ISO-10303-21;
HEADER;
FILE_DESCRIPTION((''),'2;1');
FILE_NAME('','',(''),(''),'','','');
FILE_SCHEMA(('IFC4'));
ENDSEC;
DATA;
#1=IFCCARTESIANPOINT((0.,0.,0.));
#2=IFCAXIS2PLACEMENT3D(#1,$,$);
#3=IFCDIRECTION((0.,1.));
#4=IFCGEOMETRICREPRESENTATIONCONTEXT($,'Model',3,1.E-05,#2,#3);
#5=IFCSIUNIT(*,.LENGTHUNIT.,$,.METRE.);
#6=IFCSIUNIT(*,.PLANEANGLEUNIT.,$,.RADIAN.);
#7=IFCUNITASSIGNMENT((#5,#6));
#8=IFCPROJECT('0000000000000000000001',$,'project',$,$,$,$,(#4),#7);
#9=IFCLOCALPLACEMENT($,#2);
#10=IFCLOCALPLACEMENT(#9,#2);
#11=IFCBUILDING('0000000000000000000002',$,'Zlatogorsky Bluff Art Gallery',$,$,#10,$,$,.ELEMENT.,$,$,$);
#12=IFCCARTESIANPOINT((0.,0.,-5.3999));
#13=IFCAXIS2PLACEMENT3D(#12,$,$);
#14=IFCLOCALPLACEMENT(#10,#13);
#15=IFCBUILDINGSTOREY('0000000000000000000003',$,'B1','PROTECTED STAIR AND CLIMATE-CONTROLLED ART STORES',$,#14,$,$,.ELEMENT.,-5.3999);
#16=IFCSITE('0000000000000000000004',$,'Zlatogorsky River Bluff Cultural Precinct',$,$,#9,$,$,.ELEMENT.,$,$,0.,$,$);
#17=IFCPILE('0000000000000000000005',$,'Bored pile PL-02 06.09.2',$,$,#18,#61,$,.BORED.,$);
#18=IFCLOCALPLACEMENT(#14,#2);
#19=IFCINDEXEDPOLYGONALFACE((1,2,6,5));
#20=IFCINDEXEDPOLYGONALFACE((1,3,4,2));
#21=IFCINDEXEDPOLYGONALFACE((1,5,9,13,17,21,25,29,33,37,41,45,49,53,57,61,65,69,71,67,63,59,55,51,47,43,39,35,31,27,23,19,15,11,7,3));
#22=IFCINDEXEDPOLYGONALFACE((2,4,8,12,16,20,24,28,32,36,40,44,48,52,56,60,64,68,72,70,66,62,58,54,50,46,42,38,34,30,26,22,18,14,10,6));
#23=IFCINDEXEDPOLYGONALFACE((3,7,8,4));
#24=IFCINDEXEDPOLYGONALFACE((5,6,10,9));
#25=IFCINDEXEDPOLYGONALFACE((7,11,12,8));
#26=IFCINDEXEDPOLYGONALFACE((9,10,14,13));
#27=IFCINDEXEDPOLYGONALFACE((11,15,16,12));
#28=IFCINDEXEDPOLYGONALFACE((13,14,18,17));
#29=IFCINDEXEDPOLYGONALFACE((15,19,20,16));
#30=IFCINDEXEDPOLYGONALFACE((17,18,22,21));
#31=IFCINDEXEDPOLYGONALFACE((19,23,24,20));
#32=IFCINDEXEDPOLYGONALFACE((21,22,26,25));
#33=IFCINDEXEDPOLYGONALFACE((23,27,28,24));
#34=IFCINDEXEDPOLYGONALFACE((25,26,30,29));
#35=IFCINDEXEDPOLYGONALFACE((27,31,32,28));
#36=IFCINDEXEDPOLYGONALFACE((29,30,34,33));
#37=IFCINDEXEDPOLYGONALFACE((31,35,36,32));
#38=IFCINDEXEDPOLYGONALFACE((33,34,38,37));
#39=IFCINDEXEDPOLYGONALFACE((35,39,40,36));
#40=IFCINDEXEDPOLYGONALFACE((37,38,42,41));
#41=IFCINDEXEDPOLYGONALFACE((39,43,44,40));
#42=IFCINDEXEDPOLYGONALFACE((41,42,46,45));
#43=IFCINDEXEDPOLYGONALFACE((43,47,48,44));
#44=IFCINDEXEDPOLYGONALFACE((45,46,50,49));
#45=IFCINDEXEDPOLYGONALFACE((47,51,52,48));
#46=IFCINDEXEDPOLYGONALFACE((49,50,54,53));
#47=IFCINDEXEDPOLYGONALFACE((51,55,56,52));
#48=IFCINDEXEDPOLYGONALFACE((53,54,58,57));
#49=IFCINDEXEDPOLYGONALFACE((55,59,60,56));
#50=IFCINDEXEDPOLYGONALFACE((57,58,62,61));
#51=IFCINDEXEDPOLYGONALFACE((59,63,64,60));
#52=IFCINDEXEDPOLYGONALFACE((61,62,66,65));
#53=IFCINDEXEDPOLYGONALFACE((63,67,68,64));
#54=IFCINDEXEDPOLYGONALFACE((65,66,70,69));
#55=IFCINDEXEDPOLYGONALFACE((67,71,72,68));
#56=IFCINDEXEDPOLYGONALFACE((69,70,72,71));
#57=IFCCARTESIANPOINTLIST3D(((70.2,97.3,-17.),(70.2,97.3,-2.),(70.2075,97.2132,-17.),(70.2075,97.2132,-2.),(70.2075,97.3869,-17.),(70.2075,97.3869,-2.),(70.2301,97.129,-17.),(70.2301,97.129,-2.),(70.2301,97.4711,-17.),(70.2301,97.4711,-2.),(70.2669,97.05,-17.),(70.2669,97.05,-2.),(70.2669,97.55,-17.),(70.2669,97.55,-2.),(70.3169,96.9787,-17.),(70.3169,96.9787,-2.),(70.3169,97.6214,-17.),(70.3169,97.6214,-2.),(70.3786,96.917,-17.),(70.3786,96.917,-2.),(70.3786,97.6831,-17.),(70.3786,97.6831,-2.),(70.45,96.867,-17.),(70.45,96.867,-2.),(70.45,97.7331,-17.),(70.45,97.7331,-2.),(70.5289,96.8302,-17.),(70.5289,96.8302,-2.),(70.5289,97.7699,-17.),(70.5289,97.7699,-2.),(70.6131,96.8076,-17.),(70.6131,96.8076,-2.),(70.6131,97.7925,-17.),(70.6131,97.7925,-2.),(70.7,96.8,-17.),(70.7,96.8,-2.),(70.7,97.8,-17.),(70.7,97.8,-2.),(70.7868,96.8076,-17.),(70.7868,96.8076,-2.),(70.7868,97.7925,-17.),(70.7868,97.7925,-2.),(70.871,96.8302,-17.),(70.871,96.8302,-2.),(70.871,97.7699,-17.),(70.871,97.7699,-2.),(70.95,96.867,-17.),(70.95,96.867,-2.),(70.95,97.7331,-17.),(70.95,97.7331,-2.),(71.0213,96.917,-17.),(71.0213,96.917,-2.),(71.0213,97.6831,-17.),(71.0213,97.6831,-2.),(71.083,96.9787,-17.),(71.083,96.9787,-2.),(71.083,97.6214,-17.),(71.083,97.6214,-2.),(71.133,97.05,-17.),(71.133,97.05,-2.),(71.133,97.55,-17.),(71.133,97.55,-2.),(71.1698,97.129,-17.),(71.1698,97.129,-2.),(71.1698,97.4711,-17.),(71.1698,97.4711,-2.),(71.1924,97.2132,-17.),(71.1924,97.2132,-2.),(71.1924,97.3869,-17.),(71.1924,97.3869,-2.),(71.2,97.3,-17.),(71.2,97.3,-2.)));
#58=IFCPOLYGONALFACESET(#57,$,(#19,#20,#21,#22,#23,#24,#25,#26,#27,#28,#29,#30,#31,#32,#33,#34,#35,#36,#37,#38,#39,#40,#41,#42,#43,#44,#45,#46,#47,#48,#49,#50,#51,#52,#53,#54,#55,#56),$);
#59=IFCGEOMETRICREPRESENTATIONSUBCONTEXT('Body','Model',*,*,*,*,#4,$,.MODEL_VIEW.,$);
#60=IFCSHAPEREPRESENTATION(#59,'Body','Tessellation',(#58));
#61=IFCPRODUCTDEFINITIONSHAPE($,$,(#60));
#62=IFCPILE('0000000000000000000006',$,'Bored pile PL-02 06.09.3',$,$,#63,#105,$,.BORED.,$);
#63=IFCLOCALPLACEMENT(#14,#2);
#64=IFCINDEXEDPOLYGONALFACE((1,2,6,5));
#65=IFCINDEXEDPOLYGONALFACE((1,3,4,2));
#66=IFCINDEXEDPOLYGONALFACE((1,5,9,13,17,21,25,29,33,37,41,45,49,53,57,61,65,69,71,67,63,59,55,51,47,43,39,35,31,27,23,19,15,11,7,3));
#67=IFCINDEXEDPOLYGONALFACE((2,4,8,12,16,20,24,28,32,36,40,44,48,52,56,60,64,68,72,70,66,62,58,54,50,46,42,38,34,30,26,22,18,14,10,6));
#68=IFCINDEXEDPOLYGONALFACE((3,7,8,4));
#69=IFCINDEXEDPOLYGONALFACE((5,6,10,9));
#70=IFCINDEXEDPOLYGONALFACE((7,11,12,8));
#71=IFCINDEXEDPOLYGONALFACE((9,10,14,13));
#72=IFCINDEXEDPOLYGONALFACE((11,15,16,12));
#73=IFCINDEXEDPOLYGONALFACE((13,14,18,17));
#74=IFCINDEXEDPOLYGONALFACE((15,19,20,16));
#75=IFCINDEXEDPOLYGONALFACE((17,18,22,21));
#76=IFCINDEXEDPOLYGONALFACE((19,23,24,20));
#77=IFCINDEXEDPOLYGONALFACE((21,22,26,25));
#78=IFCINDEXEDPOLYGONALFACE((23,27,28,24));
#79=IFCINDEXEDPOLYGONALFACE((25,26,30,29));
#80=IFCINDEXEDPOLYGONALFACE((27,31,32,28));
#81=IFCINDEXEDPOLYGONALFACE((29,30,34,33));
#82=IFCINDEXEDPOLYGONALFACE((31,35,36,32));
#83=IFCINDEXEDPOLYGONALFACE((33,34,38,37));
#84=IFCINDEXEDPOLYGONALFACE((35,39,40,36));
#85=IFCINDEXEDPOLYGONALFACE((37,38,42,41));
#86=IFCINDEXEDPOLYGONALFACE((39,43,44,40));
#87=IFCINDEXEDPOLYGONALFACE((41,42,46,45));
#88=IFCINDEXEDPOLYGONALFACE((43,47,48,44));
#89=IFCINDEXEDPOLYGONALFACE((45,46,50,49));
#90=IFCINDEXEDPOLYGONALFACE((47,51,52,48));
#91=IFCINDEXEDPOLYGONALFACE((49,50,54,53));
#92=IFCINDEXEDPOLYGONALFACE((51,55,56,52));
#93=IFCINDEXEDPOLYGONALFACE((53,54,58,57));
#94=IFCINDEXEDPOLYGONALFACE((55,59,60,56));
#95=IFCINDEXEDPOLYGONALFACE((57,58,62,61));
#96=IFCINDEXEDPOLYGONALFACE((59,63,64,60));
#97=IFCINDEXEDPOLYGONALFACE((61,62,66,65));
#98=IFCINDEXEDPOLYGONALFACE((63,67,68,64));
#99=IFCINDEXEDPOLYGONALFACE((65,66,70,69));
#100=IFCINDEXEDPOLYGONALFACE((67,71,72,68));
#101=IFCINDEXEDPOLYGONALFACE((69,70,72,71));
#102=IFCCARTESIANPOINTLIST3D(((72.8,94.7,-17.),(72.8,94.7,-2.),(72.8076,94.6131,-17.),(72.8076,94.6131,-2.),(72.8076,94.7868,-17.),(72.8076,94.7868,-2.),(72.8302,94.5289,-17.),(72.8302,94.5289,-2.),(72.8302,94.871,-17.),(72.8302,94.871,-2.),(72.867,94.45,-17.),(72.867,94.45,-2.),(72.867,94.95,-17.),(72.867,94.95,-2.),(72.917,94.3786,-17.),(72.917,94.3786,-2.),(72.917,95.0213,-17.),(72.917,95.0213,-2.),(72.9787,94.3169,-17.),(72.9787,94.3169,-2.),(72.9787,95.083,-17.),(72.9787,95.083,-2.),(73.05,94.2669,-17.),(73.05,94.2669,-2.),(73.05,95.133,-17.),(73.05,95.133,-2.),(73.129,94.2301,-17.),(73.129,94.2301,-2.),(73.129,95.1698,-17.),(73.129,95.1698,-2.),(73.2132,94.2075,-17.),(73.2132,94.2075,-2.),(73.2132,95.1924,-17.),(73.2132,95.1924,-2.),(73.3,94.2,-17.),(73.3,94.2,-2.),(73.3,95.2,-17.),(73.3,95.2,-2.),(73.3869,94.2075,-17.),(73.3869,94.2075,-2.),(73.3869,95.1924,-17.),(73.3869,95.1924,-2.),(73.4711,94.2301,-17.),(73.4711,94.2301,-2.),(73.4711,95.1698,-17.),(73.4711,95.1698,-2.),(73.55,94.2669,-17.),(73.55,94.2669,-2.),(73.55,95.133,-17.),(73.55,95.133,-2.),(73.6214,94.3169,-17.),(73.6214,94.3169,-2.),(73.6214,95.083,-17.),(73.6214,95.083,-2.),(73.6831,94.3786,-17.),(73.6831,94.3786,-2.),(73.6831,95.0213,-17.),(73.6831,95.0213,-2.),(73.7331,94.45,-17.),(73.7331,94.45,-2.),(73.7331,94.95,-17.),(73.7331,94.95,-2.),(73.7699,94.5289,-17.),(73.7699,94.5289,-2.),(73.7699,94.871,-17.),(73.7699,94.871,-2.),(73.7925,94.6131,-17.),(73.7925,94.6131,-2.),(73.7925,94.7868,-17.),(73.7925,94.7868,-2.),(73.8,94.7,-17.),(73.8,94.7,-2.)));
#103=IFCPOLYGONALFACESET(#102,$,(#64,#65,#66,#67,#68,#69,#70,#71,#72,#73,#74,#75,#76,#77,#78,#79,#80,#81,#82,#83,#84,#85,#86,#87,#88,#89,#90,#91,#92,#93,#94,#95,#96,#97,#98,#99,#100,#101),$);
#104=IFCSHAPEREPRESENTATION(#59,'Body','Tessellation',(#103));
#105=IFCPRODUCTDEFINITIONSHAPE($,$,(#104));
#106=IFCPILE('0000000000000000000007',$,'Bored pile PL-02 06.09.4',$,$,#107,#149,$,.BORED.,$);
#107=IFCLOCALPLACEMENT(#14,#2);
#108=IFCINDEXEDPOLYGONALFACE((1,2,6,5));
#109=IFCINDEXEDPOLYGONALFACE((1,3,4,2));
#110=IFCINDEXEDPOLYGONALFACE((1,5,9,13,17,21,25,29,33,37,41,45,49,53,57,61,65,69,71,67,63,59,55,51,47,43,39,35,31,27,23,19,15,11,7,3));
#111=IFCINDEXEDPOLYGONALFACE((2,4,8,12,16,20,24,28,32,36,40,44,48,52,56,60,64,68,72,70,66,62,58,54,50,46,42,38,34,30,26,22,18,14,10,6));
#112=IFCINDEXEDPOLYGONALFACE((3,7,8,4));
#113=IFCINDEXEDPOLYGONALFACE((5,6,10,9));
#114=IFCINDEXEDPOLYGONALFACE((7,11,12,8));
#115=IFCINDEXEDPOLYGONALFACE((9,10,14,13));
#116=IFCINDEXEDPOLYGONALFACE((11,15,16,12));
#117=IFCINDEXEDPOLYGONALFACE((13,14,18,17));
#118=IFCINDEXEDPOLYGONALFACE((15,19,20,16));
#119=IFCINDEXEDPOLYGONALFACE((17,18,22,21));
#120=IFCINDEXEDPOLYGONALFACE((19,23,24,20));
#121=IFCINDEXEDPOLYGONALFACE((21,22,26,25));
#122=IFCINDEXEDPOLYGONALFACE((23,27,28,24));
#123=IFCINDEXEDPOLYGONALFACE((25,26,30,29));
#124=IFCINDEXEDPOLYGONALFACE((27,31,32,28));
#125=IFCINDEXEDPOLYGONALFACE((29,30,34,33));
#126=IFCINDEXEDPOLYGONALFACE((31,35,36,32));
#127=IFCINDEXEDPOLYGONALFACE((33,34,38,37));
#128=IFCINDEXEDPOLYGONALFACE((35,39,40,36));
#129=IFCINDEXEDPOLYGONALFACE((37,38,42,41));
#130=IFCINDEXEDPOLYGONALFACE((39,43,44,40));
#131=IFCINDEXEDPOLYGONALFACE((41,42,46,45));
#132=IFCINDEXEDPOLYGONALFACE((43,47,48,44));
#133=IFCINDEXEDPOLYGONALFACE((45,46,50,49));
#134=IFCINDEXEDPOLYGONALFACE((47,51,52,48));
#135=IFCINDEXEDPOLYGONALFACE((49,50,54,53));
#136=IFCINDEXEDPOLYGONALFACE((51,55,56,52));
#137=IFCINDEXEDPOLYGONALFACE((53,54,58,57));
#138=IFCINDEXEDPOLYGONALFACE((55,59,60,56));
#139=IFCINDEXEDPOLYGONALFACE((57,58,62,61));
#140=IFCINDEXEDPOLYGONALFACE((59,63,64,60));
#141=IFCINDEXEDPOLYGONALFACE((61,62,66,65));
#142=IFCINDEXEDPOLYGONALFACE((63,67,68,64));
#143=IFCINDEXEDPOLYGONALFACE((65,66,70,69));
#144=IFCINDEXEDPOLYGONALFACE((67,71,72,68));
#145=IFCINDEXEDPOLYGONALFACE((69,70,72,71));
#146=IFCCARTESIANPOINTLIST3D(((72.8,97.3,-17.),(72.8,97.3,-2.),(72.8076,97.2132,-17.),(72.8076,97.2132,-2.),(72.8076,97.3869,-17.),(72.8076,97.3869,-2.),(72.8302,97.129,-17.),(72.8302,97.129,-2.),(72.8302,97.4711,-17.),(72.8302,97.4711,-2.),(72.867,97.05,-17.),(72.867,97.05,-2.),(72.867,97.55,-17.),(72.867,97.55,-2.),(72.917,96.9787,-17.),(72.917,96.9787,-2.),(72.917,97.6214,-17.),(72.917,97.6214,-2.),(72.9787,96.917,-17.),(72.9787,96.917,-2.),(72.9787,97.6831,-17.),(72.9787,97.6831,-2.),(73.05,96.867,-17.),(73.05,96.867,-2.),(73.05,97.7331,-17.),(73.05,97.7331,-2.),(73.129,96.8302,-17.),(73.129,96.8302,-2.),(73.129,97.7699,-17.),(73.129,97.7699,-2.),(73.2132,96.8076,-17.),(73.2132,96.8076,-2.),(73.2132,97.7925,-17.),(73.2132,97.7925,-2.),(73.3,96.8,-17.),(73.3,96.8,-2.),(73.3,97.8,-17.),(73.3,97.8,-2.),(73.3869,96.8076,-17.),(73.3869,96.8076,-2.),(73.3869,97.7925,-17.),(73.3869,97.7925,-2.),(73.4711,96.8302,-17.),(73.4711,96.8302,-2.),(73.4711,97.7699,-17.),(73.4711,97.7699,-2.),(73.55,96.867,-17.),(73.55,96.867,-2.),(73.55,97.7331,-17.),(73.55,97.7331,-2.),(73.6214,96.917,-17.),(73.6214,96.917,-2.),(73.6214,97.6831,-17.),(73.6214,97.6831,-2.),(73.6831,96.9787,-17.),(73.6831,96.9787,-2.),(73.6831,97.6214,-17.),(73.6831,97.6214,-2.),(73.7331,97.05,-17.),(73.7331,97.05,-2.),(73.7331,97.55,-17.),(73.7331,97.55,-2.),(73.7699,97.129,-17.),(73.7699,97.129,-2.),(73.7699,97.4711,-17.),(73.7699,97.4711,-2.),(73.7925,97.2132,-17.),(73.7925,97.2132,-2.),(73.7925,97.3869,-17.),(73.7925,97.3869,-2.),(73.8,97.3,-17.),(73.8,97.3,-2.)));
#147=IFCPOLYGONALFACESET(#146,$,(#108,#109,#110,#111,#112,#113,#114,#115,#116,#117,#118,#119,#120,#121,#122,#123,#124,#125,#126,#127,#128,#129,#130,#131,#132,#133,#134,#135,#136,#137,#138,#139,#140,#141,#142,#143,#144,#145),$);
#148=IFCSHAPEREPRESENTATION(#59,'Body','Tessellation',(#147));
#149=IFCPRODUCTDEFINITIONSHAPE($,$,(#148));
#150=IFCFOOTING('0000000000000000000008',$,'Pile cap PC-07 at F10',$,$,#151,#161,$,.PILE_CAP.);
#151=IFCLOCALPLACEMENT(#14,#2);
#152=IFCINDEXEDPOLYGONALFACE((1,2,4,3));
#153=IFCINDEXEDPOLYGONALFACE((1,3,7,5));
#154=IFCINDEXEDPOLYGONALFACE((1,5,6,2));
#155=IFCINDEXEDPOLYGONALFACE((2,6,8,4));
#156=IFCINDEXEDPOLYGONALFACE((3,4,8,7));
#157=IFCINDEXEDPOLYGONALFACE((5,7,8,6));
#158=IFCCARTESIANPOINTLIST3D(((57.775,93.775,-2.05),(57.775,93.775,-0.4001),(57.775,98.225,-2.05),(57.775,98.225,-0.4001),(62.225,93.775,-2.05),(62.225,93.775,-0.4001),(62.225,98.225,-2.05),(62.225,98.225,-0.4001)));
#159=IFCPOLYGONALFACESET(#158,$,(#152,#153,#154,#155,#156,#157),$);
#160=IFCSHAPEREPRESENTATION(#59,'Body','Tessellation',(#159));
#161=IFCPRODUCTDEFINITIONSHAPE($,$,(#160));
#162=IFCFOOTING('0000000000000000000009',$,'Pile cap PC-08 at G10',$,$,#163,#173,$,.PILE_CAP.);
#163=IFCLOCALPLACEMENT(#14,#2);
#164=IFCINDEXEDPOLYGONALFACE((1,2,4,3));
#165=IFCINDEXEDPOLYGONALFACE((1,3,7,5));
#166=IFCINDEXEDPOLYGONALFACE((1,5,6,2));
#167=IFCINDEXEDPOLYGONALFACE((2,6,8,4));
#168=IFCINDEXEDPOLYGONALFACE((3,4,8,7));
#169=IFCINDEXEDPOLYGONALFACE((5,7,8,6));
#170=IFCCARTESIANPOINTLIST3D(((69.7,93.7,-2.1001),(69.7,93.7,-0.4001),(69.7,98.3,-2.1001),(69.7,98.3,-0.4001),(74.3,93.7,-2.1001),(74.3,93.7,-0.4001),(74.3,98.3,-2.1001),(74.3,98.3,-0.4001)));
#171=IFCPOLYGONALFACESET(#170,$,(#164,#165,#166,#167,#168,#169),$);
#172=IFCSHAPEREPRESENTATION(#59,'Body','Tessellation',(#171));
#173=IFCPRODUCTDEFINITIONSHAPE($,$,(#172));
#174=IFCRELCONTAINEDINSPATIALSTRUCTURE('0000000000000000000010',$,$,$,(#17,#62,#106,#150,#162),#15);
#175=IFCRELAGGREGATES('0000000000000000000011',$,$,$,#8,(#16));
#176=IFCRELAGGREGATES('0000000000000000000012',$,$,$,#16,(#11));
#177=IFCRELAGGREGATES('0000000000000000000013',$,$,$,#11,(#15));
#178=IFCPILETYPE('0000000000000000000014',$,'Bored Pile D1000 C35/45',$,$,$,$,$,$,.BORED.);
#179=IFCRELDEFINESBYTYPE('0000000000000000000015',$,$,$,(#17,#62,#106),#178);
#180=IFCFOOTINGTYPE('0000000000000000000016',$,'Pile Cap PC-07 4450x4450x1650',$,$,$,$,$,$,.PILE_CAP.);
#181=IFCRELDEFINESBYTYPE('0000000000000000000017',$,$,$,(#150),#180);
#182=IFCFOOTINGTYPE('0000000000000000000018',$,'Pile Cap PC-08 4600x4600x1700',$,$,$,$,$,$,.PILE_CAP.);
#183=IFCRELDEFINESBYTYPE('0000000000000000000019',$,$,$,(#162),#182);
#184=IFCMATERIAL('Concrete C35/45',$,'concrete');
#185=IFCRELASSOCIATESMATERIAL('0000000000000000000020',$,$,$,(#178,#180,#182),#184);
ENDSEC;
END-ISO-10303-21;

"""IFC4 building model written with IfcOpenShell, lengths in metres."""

from ifc_helpers import new_model, si_unit, direction, frame, origin, origin_2d, place, context, subcontext, project, spatial, rectangle, circle, extrude, material, material_profile, profile_set, type_object, element, save


model = new_model("IFC4")

# Units and contexts
model_context = context("Model", 3, precision=1e-05, world=origin(), true_north=direction((0.0, 1.0)))
body_context = subcontext(model_context, "Body", "Model", "MODEL_VIEW")
ifc_project = project(units=[si_unit("LENGTHUNIT", "METRE"), si_unit("PLANEANGLEUNIT", "RADIAN")], contexts=[model_context])

# Site, building, storey
site_placement = place(None, origin())
site = spatial("IfcSite", under=ifc_project, at=site_placement, Name="Zlatogorsky River Bluff Cultural Precinct", CompositionType="ELEMENT", RefElevation=0.0)
building_placement = place(site_placement, origin())
building = spatial("IfcBuilding", under=site, at=building_placement, Name="Zlatogorsky Bluff Art Gallery", CompositionType="ELEMENT")
storey_placement = place(building_placement, frame((0.0, 0.0, -5.3999)))
storey = spatial("IfcBuildingStorey", under=building, at=storey_placement, Name="B1", Description="PROTECTED STAIR AND CLIMATE-CONTROLLED ART STORES", CompositionType="ELEMENT", Elevation=-5.3999)

# Piles
ifc_material_1 = material(Name="Concrete C35/45", Category="concrete")
ifc_material_profile_1 = material_profile(ifc_material_1, circle(Radius=0.5, at=origin_2d()), Name="BORED PILE D1000")
ifc_profile_set_1 = profile_set([ifc_material_profile_1], Name="Concrete C35/45")
pile_type = type_object("IfcPileType", Name="Bored Pile D1000 C35/45", PredefinedType="BORED", material=ifc_profile_set_1)
for number, where, z_axis, x_axis, name in (
    (1, (70.7, 97.3, -2.0), (0.0, 0.0, -1.0), (1.0, 0.0, 0.0), "Bored pile PL-02 06.09.2"),
    (2, (73.3, 94.7, -2.0), (0.0, 0.0, -1.0), (1.0, 0.0, 0.0), "Bored pile PL-02 06.09.3"),
    (3, (73.3, 97.3, -2.0), (0.0, 0.0, -1.0), (1.0, 0.0, 0.0), "Bored pile PL-02 06.09.4"),
):
    element("IfcPile", number, at=place(storey_placement, frame(where, z_axis=z_axis, x_axis=x_axis)), inside=storey, type_object=pile_type, Name=name, PredefinedType="BORED", context=body_context, shape_type="SweptSolid", body=[
        extrude(circle(Radius=0.5, at=origin_2d()), origin(), (0.0, 0.0, 1.0), 15.0),
    ])

# Footings
footing_type_1 = type_object("IfcFootingType", Name="Pile Cap PC-07 4450x4450x1650", PredefinedType="PILE_CAP", material=ifc_material_1)
footing_1_placement = place(storey_placement, frame((60.0, 96.0, -2.05), z_axis=(0.0, 0.0, 1.0), x_axis=(1.0, 0.0, 0.0)))
element("IfcFooting", 4, at=footing_1_placement, inside=storey, type_object=footing_type_1, Name="Pile cap PC-07 at F10", PredefinedType="PILE_CAP", context=body_context, shape_type="SweptSolid", body=[
    extrude(rectangle(XDim=4.45, YDim=4.45, at=origin_2d()), origin(), (0.0, 0.0, 1.0), 1.6499),
])
footing_type_2 = type_object("IfcFootingType", Name="Pile Cap PC-08 4600x4600x1700", PredefinedType="PILE_CAP", material=ifc_material_1)
footing_2_placement = place(storey_placement, frame((72.0, 96.0, -2.1001), z_axis=(0.0, 0.0, 1.0), x_axis=(1.0, 0.0, 0.0)))
element("IfcFooting", 5, at=footing_2_placement, inside=storey, type_object=footing_type_2, Name="Pile cap PC-08 at G10", PredefinedType="PILE_CAP", context=body_context, shape_type="SweptSolid", body=[
    extrude(rectangle(XDim=4.6001, YDim=4.6001, at=origin_2d()), origin(), (0.0, 0.0, 1.0), 1.7),
])

save(model, "model.ifc")
